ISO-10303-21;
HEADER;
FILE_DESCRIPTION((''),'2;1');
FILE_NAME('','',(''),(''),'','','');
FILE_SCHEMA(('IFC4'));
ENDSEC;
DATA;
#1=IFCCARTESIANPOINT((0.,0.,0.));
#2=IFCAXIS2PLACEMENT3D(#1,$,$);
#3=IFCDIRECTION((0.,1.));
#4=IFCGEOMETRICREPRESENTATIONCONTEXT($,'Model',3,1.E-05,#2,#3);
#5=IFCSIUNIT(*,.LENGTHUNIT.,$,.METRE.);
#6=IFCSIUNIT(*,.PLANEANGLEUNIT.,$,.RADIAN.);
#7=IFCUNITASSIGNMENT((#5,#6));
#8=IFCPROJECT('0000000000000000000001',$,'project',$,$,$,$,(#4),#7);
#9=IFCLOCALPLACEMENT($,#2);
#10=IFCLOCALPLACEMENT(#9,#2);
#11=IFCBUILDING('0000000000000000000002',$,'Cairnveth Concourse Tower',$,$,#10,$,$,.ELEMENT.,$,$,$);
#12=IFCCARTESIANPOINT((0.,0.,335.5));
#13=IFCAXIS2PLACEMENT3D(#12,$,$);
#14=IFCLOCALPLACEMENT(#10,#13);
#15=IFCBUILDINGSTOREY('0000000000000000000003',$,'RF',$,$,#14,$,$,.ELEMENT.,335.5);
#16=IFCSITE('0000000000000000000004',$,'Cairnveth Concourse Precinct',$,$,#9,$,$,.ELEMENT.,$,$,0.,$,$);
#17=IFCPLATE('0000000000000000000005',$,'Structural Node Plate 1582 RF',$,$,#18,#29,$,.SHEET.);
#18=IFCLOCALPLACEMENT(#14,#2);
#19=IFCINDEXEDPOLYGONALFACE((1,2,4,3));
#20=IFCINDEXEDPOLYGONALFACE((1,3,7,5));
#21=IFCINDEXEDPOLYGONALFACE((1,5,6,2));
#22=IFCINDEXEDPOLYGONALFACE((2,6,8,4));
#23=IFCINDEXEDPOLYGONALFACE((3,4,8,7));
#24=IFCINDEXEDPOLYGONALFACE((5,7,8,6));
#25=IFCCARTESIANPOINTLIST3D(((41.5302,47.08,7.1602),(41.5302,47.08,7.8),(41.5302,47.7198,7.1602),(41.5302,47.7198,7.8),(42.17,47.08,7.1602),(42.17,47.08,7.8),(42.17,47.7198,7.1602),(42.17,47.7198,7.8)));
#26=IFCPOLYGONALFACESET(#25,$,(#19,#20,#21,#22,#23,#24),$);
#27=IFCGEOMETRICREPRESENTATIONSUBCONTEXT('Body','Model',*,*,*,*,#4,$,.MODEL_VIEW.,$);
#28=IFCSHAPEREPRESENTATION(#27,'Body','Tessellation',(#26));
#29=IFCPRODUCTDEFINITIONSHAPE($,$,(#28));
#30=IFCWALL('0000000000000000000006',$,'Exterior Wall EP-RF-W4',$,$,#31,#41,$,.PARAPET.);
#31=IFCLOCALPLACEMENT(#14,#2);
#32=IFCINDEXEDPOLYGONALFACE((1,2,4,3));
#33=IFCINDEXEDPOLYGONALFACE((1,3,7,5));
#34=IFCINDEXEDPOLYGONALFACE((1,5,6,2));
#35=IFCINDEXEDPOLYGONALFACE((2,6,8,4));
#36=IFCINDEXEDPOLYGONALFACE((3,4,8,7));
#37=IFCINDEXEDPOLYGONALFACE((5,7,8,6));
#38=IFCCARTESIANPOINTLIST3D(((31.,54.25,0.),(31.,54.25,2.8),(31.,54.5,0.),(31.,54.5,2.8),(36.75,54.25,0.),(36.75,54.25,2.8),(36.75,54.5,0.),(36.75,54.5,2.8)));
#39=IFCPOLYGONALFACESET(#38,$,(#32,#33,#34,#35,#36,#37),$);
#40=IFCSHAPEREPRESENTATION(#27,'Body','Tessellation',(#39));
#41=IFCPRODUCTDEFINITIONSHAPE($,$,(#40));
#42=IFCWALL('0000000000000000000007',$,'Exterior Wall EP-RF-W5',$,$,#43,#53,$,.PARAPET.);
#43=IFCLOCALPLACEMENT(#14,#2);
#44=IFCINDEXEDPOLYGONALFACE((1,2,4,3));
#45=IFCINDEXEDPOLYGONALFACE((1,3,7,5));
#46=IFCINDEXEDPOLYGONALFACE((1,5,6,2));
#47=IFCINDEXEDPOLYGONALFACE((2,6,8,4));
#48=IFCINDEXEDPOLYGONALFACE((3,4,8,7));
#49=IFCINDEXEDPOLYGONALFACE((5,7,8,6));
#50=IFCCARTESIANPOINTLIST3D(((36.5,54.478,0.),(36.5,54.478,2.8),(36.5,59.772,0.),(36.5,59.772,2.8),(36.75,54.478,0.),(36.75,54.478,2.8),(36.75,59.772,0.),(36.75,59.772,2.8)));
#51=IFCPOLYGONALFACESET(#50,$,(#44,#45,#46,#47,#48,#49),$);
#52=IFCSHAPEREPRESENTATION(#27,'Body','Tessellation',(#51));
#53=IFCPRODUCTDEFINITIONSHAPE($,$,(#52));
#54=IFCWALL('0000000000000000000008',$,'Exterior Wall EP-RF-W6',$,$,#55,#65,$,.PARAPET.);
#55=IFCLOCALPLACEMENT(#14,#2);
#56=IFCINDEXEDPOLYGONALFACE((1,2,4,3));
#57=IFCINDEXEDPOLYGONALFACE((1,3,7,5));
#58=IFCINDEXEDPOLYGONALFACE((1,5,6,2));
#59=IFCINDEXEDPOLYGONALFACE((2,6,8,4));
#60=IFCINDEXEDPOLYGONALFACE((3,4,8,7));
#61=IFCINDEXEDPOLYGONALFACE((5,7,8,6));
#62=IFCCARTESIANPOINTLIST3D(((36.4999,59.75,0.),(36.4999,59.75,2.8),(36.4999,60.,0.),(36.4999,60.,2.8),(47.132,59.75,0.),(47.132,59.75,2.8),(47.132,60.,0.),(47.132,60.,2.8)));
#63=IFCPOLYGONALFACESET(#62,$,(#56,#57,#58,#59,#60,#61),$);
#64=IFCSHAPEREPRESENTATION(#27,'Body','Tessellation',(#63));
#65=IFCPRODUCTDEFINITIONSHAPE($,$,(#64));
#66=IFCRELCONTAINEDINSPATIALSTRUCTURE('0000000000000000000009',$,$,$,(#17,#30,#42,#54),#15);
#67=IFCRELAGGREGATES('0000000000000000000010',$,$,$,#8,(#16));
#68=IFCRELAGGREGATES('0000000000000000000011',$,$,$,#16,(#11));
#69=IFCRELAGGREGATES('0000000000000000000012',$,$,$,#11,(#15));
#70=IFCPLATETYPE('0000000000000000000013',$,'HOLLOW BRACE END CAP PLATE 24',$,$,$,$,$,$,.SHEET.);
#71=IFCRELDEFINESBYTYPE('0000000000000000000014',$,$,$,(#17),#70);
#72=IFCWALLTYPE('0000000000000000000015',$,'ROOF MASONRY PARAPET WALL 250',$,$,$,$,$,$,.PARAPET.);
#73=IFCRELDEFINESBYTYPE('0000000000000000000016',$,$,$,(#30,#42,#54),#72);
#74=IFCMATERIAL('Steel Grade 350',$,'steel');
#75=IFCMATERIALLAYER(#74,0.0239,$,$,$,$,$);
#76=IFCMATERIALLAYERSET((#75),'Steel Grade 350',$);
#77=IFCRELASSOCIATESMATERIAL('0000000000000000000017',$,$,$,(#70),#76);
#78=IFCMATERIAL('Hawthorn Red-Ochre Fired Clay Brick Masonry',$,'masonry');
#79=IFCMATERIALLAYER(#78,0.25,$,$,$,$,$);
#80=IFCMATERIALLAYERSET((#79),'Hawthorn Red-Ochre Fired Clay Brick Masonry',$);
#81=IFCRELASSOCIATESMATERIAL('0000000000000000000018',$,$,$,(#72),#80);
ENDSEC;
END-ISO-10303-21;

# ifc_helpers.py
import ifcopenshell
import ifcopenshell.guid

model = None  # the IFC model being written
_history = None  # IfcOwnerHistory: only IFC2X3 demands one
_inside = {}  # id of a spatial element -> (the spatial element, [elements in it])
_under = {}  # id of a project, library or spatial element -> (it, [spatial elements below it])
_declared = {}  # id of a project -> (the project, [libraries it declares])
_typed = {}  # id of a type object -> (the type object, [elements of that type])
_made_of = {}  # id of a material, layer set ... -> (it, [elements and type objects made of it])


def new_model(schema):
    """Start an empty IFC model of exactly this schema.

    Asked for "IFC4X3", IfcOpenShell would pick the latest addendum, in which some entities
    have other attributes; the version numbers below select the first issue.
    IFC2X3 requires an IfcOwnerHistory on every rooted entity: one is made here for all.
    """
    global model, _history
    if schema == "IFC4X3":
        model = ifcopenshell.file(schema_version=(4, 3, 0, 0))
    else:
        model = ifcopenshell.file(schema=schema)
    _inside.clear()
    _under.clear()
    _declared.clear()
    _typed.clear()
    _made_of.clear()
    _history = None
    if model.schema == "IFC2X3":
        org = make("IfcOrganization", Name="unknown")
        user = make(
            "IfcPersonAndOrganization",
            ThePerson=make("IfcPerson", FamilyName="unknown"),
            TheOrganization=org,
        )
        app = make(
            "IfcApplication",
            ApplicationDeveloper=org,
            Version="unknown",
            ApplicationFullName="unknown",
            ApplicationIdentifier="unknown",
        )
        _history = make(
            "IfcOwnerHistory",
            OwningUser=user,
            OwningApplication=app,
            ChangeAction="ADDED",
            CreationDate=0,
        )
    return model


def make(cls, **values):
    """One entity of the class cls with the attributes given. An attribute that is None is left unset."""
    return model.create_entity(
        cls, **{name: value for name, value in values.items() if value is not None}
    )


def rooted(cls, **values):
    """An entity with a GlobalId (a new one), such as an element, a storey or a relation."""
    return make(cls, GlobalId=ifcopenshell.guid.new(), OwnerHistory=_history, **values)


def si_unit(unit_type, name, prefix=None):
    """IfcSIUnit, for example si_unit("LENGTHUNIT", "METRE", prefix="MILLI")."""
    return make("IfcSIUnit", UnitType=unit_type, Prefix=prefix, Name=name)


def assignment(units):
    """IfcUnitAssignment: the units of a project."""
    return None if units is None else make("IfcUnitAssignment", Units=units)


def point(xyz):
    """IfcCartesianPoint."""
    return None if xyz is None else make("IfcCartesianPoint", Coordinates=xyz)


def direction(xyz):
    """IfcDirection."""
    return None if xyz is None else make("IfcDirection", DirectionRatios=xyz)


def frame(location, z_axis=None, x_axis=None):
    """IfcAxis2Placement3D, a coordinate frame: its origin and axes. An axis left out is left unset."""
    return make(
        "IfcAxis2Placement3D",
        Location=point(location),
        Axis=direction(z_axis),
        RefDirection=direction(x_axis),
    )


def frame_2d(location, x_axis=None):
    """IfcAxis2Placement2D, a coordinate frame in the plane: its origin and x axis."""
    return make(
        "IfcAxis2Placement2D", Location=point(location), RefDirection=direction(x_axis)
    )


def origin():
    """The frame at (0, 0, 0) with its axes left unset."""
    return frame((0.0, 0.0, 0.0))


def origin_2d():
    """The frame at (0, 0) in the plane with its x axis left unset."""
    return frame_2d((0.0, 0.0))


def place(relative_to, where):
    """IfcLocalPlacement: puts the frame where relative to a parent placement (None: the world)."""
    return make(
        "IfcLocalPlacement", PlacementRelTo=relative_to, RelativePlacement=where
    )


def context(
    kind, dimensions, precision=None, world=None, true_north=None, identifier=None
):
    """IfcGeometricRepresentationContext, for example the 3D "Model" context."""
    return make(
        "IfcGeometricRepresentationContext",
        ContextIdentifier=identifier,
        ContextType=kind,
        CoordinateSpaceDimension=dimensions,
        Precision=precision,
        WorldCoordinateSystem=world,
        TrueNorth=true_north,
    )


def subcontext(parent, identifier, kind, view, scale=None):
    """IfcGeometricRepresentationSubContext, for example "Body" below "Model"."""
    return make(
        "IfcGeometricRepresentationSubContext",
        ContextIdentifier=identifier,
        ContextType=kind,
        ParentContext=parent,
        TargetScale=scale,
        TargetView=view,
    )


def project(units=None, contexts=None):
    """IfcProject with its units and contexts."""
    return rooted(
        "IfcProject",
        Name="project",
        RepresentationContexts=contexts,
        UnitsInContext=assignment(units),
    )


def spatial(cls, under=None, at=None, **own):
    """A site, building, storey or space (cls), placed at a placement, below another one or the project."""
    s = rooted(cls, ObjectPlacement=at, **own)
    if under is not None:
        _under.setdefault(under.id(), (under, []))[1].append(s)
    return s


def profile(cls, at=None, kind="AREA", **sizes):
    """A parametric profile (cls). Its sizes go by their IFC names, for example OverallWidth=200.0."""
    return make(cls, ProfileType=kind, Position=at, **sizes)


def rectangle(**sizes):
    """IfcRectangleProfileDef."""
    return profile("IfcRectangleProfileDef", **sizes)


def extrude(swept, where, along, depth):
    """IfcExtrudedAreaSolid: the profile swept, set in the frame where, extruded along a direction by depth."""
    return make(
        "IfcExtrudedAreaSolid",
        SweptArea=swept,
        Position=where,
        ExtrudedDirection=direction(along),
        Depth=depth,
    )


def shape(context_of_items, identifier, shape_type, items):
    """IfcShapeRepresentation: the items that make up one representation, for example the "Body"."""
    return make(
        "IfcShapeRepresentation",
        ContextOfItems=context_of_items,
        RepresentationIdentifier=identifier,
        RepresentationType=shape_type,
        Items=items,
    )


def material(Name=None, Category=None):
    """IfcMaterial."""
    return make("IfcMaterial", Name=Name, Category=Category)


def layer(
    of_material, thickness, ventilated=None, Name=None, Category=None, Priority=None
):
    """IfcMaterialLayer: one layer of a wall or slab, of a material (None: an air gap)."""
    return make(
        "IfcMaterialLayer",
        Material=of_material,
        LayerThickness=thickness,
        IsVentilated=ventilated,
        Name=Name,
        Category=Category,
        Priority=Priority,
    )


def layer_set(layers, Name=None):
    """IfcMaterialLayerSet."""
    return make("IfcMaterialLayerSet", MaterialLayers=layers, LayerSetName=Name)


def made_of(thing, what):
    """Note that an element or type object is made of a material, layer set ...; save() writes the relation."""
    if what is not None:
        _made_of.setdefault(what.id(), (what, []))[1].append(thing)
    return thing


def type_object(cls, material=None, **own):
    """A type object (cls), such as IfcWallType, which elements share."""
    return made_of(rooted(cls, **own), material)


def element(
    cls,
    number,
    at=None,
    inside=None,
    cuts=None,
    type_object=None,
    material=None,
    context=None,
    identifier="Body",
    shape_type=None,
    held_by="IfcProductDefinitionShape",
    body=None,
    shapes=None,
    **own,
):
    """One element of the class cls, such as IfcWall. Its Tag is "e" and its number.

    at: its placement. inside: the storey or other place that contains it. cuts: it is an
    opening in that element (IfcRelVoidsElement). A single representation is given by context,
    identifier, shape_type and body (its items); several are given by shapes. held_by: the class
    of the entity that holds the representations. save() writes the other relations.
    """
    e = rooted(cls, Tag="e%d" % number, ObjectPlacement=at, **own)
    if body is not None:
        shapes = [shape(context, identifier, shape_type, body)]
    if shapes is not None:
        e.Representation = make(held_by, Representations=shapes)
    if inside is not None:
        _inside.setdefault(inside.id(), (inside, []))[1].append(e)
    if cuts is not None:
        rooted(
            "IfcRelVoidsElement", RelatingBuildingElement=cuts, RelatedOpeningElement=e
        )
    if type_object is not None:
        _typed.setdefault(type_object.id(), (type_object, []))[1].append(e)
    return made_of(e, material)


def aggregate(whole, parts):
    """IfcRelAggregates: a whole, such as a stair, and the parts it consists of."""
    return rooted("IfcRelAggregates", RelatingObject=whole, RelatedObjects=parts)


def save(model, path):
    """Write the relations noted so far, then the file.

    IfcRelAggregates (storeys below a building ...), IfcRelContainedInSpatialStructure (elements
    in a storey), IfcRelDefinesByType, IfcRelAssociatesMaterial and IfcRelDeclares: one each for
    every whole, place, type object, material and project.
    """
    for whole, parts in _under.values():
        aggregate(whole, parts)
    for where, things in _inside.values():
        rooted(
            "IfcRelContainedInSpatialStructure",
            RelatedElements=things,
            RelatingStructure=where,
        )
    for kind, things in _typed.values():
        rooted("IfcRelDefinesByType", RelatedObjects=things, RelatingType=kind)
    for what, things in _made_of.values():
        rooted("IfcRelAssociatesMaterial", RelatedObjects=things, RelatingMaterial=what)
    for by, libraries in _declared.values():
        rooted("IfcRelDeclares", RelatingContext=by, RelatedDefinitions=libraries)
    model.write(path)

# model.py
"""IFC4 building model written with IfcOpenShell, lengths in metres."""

from ifc_helpers import new_model, si_unit, direction, frame, frame_2d, origin, origin_2d, place, context, subcontext, project, spatial, rectangle, extrude, material, layer, layer_set, type_object, element, save


model = new_model("IFC4")

# Units and contexts
model_context = context("Model", 3, precision=1e-05, world=origin(), true_north=direction((0.0, 1.0)))
body_context = subcontext(model_context, "Body", "Model", "MODEL_VIEW")
ifc_project = project(units=[si_unit("LENGTHUNIT", "METRE"), si_unit("PLANEANGLEUNIT", "RADIAN")], contexts=[model_context])

# Site, building, storey
site_placement = place(None, origin())
site = spatial("IfcSite", under=ifc_project, at=site_placement, Name="Cairnveth Concourse Precinct", CompositionType="ELEMENT", RefElevation=0.0)
building_placement = place(site_placement, origin())
building = spatial("IfcBuilding", under=site, at=building_placement, Name="Cairnveth Concourse Tower", CompositionType="ELEMENT")
storey_placement = place(building_placement, frame((0.0, 0.0, 335.5)))
storey = spatial("IfcBuildingStorey", under=building, at=storey_placement, Name="RF", CompositionType="ELEMENT", Elevation=335.5)

# Shared definitions
ifc_material_1 = material(Name="Steel Grade 350", Category="steel")

# Plate
ifc_layer_1 = layer(ifc_material_1, 0.0239)
ifc_layer_set_1 = layer_set([ifc_layer_1], Name="Steel Grade 350")
plate_type_1 = type_object("IfcPlateType", Name="HOLLOW BRACE END CAP PLATE 24", PredefinedType="SHEET", material=ifc_layer_set_1)
for number, where, z_axis, x_axis, name in (
    (1, (41.8501, 47.3999, 7.1602), (0.0, 0.0, 1.0), (1.0, 0.0, 0.0), "Structural Node Plate 1582 RF"),
):
    element("IfcPlate", number, at=place(storey_placement, frame(where, z_axis=z_axis, x_axis=x_axis)), inside=storey, type_object=plate_type_1, Name=name, PredefinedType="SHEET", context=body_context, shape_type="SweptSolid", body=[
        extrude(rectangle(XDim=0.6399, YDim=0.6399, at=origin_2d()), origin(), (0.0, 0.0, 1.0), 0.6399),
    ])

# Walls
ifc_material_2 = material(Name="Hawthorn Red-Ochre Fired Clay Brick Masonry", Category="masonry")
ifc_layer_2 = layer(ifc_material_2, 0.25)
ifc_layer_set_2 = layer_set([ifc_layer_2], Name="Hawthorn Red-Ochre Fired Clay Brick Masonry")
wall_type = type_object("IfcWallType", Name="ROOF MASONRY PARAPET WALL 250", PredefinedType="PARAPET", material=ifc_layer_set_2)
wall_1_placement = place(storey_placement, frame((31.0, 54.375, 0.0), z_axis=(0.0, 0.0, 1.0), x_axis=(1.0, 0.0, 0.0)))
element("IfcWall", 2, at=wall_1_placement, inside=storey, type_object=wall_type, Name="Exterior Wall EP-RF-W4", PredefinedType="PARAPET", context=body_context, shape_type="SweptSolid", body=[
    extrude(rectangle(XDim=5.75, YDim=0.25, at=frame_2d((2.875, 0.0))), origin(), (0.0, 0.0, 1.0), 2.8),
])
wall_2_placement = place(storey_placement, frame((36.625, 54.478, 0.0), z_axis=(0.0, 0.0, 1.0), x_axis=(0.0, 1.0, 0.0)))
element("IfcWall", 3, at=wall_2_placement, inside=storey, type_object=wall_type, Name="Exterior Wall EP-RF-W5", PredefinedType="PARAPET", context=body_context, shape_type="SweptSolid", body=[
    extrude(rectangle(XDim=5.2939, YDim=0.25, at=frame_2d((2.647, 0.0))), origin(), (0.0, 0.0, 1.0), 2.8),
])
wall_3_placement = place(storey_placement, frame((36.5, 59.875, 0.0), z_axis=(0.0, 0.0, 1.0), x_axis=(1.0, 0.0, 0.0)))
element("IfcWall", 4, at=wall_3_placement, inside=storey, type_object=wall_type, Name="Exterior Wall EP-RF-W6", PredefinedType="PARAPET", context=body_context, shape_type="SweptSolid", body=[
    extrude(rectangle(XDim=10.6321, YDim=0.25, at=frame_2d((5.3159, 0.0))), origin(), (0.0, 0.0, 1.0), 2.8),
])

save(model, "model.ifc")
